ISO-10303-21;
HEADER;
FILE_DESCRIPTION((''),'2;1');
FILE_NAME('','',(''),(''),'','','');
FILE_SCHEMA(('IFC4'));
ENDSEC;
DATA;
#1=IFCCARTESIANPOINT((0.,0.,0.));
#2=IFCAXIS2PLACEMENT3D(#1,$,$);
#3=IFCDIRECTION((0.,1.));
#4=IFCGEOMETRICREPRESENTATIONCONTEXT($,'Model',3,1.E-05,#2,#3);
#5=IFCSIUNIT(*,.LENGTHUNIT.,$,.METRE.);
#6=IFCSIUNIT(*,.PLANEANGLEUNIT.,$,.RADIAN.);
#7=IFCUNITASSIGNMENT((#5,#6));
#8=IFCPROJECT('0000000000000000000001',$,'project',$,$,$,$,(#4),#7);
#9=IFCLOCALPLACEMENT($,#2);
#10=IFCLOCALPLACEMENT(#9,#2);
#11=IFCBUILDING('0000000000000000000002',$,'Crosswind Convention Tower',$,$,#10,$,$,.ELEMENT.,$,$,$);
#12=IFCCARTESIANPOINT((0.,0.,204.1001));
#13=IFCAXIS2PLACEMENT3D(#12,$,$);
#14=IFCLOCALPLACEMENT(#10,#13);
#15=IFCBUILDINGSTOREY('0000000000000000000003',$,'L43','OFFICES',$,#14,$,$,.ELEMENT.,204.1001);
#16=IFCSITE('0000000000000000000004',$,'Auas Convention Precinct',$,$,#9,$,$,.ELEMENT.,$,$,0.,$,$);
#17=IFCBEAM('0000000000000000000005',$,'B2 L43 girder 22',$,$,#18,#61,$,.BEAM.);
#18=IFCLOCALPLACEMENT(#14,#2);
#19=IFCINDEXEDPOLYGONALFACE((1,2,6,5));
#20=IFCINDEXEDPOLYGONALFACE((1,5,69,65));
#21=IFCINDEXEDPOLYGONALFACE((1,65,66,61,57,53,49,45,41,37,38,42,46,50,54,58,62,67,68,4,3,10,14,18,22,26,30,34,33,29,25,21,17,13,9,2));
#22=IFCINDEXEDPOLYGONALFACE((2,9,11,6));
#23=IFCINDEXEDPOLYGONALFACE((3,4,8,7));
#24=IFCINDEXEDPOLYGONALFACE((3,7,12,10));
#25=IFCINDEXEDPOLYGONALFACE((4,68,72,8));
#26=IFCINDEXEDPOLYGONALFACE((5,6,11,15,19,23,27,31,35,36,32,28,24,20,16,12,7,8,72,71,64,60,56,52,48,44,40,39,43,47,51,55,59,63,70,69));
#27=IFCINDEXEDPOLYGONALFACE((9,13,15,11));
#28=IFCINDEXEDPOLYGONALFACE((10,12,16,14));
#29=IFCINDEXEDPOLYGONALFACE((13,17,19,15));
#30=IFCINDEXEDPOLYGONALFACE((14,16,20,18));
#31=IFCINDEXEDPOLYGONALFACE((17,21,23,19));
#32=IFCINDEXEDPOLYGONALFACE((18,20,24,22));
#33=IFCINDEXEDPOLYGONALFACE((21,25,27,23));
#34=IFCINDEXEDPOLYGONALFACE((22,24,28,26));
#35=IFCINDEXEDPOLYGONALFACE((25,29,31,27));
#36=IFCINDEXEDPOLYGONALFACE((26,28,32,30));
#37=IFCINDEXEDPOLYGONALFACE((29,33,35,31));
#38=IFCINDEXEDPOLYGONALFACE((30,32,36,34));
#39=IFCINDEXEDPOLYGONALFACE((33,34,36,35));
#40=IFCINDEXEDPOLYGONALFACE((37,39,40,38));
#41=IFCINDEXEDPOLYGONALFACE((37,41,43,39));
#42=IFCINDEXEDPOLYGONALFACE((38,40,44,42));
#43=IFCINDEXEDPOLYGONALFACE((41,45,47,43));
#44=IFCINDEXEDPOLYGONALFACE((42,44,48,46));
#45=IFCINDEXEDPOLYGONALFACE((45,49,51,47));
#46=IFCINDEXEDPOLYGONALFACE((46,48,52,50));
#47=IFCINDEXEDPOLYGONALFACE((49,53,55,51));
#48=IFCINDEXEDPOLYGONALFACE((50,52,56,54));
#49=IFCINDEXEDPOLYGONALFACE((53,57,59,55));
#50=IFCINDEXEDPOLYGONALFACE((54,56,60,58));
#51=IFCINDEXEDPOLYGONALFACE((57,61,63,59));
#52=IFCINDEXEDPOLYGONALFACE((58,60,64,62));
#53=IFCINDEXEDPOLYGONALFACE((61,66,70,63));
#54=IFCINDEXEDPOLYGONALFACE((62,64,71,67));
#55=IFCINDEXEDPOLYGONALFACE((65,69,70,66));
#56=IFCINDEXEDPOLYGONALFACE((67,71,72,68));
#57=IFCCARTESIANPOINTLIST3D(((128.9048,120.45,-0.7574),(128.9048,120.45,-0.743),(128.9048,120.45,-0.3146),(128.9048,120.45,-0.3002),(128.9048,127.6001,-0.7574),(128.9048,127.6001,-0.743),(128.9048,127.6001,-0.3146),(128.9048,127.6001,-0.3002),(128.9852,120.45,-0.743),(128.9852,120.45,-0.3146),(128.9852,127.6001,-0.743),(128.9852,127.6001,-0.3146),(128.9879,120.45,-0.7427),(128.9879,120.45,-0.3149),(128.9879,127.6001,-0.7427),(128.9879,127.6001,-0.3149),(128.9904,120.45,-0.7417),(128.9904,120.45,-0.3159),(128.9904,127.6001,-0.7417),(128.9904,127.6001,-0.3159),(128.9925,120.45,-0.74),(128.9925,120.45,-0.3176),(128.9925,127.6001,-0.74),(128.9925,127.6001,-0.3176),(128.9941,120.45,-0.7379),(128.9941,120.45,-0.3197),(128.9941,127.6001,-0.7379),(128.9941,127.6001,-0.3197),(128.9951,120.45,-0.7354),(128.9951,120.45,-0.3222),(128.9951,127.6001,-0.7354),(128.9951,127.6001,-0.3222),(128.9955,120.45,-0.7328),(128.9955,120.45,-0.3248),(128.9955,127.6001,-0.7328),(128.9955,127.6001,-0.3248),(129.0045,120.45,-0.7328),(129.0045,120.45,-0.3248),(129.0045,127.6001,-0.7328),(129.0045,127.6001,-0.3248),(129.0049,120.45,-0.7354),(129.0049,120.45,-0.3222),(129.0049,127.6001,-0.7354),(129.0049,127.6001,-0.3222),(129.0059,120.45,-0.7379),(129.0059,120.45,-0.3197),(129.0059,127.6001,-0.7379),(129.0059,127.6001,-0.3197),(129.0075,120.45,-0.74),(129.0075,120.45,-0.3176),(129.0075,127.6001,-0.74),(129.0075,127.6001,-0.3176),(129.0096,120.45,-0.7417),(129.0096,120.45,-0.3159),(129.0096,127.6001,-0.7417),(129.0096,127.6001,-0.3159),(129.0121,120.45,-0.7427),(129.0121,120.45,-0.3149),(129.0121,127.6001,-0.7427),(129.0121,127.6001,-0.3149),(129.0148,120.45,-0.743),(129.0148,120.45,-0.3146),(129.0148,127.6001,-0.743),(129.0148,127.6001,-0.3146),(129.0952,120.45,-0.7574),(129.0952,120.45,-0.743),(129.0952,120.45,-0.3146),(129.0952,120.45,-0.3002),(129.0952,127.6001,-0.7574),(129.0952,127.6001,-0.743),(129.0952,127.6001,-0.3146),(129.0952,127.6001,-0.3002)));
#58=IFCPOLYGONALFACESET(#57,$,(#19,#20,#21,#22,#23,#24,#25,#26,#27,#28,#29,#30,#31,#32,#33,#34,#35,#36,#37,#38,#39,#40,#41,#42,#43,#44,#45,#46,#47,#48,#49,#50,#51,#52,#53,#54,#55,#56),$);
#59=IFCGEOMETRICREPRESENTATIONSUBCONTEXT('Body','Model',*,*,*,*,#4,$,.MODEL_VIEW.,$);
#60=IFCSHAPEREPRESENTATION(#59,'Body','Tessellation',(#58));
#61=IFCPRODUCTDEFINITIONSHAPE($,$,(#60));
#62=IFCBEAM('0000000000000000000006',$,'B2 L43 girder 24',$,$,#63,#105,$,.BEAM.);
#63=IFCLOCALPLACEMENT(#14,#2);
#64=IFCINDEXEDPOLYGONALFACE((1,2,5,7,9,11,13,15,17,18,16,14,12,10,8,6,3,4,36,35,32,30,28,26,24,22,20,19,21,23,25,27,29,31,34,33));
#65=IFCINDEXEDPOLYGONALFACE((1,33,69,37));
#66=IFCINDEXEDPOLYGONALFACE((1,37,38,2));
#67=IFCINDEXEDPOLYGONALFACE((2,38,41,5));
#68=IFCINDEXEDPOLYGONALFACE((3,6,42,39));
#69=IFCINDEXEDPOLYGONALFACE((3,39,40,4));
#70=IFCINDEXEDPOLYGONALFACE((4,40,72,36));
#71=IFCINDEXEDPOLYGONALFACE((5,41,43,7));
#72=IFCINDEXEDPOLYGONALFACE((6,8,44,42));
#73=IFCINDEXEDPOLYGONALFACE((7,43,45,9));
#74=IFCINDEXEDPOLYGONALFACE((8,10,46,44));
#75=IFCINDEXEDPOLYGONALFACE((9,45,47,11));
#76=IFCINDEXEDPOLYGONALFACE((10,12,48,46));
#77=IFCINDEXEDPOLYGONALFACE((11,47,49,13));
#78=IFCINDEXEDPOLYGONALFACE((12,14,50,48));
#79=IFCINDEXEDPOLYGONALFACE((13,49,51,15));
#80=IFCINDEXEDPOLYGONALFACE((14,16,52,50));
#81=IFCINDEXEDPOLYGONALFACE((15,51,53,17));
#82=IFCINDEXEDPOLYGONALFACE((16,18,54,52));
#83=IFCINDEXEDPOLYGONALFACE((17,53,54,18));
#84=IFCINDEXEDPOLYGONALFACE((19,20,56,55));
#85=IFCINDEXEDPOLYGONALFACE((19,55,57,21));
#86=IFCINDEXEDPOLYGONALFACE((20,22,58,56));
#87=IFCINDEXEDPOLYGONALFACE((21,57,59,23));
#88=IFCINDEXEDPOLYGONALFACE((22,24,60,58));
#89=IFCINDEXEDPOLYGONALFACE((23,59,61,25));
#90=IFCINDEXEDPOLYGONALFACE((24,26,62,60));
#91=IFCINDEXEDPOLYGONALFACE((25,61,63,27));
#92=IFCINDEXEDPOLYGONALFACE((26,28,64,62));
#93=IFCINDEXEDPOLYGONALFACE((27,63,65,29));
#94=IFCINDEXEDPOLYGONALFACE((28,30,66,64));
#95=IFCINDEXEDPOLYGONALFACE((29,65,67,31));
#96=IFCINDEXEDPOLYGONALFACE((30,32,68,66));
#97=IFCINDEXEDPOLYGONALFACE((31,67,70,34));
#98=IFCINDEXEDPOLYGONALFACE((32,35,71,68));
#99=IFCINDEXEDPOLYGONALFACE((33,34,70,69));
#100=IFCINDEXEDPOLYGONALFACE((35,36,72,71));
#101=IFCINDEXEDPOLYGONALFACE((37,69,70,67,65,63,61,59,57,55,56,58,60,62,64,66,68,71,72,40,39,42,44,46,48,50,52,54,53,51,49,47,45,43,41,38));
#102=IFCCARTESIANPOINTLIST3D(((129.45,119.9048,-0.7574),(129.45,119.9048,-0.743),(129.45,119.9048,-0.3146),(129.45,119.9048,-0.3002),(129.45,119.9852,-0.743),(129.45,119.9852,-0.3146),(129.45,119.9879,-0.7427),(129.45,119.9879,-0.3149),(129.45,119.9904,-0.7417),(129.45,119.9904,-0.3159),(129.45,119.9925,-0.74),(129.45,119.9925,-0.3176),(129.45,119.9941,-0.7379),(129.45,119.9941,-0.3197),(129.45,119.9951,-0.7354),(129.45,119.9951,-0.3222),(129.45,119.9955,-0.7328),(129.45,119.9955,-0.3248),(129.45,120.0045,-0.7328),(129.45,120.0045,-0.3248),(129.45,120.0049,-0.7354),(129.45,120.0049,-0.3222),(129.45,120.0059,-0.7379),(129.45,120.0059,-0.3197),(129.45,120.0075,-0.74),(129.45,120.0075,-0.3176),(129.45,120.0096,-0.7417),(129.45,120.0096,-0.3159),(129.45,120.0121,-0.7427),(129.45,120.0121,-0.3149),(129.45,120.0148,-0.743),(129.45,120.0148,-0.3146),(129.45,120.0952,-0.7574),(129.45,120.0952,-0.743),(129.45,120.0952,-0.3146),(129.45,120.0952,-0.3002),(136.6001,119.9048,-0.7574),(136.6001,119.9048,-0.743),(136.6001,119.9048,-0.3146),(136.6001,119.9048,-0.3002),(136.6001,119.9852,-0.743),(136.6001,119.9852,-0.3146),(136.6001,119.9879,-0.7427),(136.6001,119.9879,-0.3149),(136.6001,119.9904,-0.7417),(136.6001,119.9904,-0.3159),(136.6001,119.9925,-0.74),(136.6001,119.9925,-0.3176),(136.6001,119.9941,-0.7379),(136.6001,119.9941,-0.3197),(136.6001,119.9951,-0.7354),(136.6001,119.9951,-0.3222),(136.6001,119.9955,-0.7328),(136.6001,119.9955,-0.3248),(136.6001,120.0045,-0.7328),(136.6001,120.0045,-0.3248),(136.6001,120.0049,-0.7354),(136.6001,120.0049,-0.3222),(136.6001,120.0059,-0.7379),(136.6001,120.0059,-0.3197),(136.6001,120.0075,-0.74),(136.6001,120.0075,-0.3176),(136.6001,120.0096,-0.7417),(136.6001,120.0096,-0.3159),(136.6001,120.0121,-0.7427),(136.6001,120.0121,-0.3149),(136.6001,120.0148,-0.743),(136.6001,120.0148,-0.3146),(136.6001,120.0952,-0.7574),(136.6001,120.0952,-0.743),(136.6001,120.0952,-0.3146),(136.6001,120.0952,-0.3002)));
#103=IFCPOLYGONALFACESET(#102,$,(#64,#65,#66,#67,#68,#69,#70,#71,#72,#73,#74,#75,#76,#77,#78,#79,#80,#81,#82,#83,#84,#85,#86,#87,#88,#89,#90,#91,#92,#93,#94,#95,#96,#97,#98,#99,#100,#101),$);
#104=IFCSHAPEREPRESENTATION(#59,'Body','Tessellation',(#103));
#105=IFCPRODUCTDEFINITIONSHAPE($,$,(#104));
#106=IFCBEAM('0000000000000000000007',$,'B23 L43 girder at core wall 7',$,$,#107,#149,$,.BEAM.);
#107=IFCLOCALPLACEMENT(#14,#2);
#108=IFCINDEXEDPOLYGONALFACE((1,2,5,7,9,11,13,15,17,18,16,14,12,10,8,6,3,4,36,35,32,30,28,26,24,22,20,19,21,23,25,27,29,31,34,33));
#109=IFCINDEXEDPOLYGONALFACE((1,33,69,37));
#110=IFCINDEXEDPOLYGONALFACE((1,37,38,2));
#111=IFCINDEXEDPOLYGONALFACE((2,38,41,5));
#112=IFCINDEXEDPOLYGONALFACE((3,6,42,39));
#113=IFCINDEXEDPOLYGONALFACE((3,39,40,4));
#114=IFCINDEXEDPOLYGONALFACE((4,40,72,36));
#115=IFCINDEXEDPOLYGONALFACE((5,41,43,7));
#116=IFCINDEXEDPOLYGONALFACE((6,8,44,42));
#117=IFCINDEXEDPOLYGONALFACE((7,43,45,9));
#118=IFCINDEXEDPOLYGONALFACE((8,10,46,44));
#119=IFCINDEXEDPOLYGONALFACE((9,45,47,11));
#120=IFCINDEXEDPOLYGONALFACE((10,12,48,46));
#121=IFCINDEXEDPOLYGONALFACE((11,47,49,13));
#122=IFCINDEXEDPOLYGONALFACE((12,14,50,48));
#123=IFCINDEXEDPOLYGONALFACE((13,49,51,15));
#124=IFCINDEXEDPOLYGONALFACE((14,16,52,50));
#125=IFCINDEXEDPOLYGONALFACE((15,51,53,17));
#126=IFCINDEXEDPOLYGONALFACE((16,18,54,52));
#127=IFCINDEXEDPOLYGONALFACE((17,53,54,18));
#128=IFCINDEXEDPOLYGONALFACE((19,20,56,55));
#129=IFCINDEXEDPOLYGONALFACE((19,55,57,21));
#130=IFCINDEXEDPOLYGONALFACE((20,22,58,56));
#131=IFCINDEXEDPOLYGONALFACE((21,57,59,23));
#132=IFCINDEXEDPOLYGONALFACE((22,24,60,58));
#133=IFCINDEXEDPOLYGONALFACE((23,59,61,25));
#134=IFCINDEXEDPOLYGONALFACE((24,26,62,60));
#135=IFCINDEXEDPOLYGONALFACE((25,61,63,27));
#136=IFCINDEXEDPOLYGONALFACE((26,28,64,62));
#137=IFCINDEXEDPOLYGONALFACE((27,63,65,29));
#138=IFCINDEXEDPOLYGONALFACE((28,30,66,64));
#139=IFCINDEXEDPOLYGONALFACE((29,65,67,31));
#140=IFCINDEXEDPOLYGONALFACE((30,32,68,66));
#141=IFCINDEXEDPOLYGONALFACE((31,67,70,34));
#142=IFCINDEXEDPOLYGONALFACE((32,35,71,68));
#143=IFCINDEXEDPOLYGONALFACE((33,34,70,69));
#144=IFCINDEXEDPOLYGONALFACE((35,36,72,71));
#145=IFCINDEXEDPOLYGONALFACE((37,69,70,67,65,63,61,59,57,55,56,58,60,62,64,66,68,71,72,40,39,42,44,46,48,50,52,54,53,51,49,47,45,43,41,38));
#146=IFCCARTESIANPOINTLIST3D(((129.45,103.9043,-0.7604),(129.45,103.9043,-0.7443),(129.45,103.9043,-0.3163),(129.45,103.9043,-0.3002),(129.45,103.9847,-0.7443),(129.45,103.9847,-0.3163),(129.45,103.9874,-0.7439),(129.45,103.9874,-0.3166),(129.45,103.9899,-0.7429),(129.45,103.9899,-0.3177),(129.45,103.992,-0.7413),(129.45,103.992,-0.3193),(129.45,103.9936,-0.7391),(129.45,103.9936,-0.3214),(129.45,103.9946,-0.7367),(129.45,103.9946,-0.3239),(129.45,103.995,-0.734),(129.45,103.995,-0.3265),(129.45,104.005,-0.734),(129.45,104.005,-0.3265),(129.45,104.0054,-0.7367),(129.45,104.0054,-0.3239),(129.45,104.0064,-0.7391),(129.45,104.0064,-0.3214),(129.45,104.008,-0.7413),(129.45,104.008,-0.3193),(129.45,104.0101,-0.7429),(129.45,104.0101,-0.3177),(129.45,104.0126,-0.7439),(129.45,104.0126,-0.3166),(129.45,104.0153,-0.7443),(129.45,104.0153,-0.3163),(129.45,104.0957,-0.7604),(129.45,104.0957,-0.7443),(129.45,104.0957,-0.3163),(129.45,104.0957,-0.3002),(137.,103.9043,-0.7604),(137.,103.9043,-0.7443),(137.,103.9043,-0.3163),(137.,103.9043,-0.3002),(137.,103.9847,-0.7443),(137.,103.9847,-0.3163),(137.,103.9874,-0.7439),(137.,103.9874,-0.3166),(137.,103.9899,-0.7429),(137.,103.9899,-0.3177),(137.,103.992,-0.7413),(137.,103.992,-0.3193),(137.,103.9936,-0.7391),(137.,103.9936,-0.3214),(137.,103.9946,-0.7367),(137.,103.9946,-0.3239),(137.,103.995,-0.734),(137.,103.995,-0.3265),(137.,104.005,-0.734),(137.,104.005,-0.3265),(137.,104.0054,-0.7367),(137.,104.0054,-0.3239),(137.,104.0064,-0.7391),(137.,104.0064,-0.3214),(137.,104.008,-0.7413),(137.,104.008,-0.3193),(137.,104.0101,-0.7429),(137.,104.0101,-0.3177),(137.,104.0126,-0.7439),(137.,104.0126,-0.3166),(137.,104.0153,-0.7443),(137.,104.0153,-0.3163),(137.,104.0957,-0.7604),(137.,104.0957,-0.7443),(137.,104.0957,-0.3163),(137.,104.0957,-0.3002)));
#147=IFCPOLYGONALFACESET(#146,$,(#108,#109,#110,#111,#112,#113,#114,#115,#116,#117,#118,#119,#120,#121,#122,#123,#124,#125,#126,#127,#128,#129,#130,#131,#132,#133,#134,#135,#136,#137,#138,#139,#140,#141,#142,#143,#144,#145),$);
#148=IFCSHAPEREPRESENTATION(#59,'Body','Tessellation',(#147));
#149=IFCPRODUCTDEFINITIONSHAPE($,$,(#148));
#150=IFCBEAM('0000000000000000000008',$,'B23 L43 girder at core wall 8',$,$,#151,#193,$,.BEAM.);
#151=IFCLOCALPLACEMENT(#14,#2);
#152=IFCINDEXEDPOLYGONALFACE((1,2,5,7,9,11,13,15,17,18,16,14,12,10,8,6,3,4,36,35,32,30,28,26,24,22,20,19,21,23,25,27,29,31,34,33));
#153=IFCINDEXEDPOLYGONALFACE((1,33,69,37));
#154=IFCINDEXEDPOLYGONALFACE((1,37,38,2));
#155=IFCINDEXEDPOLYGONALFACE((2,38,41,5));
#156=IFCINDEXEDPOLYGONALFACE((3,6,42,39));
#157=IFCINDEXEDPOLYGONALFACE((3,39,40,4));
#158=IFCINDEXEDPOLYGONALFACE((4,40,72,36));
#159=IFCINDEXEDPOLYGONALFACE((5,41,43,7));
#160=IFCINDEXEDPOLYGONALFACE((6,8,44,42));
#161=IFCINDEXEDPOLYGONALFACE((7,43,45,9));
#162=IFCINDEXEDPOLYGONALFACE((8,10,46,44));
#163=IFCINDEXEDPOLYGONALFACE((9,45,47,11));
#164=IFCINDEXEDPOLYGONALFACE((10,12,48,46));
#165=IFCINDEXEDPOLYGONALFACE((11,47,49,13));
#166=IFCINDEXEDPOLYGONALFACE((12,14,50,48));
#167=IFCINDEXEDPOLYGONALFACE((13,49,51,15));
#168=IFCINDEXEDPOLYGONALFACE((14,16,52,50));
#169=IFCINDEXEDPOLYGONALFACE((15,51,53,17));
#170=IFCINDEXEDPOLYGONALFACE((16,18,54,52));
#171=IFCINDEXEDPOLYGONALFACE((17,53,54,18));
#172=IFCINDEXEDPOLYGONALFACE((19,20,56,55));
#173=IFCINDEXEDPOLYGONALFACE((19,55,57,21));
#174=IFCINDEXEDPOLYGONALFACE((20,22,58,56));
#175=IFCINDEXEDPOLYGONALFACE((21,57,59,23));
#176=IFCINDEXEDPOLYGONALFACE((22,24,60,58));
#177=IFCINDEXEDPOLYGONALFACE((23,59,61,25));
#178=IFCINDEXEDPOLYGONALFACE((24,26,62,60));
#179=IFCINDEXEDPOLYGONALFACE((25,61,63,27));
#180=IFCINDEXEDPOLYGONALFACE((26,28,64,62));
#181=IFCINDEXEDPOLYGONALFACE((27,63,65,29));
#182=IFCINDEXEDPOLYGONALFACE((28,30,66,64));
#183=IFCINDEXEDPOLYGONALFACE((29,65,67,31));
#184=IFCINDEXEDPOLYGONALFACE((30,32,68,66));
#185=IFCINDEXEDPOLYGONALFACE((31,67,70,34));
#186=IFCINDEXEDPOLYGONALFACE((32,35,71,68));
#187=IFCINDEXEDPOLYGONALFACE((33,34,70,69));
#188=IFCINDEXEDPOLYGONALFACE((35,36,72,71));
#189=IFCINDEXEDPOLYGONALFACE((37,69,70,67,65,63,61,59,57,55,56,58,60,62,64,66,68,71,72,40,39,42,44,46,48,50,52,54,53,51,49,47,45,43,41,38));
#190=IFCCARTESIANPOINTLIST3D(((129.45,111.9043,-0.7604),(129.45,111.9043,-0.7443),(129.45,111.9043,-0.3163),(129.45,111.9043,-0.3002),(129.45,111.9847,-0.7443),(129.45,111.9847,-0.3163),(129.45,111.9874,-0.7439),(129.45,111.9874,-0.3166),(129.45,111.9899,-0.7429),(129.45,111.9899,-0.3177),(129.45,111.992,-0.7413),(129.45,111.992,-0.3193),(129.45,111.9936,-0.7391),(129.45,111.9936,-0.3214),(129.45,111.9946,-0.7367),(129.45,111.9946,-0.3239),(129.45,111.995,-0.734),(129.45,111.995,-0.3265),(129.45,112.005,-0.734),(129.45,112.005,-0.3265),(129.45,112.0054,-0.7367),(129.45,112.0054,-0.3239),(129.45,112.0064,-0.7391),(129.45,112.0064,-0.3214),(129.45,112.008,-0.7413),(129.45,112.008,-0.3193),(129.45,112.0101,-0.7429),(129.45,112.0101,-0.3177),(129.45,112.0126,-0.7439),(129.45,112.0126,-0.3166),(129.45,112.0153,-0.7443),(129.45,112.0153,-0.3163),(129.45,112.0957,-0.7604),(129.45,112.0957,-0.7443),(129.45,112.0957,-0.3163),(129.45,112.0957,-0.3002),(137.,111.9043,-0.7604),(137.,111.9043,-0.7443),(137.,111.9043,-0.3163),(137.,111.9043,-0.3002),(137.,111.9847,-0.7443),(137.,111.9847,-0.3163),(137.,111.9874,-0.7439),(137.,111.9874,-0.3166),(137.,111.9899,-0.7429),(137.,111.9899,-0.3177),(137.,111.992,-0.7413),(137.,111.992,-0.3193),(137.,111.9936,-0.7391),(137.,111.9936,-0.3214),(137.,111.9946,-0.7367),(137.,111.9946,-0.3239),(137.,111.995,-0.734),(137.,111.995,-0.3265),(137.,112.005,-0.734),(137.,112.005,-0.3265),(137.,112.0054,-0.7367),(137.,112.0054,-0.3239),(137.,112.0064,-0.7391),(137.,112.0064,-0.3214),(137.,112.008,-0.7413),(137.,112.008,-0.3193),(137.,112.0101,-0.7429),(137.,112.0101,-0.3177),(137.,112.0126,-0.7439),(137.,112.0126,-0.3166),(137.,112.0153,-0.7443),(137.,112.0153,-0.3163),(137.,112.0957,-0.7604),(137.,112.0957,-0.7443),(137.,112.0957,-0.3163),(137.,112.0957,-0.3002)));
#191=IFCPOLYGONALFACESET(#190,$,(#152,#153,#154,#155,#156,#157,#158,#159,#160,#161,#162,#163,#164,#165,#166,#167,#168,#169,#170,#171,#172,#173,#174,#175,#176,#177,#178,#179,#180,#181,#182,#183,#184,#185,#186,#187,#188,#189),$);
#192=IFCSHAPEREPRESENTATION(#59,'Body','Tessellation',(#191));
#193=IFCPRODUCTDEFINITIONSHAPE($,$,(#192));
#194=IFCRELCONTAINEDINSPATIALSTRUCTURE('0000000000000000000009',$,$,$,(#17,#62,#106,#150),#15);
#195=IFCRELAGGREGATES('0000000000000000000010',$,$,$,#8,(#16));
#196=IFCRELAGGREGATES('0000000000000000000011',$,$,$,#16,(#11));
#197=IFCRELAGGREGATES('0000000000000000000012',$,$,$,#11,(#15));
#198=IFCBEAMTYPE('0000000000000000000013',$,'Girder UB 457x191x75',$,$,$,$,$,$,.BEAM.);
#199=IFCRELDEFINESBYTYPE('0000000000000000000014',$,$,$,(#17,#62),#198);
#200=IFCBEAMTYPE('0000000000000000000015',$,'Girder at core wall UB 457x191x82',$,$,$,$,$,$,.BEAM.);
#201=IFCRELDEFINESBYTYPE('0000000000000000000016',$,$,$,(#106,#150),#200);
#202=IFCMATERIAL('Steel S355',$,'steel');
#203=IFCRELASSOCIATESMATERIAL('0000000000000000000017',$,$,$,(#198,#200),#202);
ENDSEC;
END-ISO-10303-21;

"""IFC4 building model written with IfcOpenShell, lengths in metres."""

from ifc_helpers import new_model, si_unit, direction, frame, origin, origin_2d, place, context, subcontext, project, spatial, i_section, extrude, material, material_profile, profile_set, type_object, element, save


model = new_model("IFC4")

# Units and contexts
model_context = context("Model", 3, precision=1e-05, world=origin(), true_north=direction((0.0, 1.0)))
body_context = subcontext(model_context, "Body", "Model", "MODEL_VIEW")
ifc_project = project(units=[si_unit("LENGTHUNIT", "METRE"), si_unit("PLANEANGLEUNIT", "RADIAN")], contexts=[model_context])

# Site, building, storey
site_placement = place(None, origin())
site = spatial("IfcSite", under=ifc_project, at=site_placement, Name="Auas Convention Precinct", CompositionType="ELEMENT", RefElevation=0.0)
building_placement = place(site_placement, origin())
building = spatial("IfcBuilding", under=site, at=building_placement, Name="Crosswind Convention Tower", CompositionType="ELEMENT")
storey_placement = place(building_placement, frame((0.0, 0.0, 204.1001)))
storey = spatial("IfcBuildingStorey", under=building, at=storey_placement, Name="L43", Description="OFFICES", CompositionType="ELEMENT", Elevation=204.1001)

# Beams
ifc_material_1 = material(Name="Steel S355", Category="steel")
ifc_material_profile_1 = material_profile(ifc_material_1, i_section(OverallWidth=0.1904, OverallDepth=0.4573, WebThickness=0.009, FlangeThickness=0.0144, FilletRadius=0.0103, at=origin_2d()), Name="UB 457x191x75")
ifc_profile_set_1 = profile_set([ifc_material_profile_1], Name="Steel S355")
beam_type_1 = type_object("IfcBeamType", Name="Girder UB 457x191x75", PredefinedType="BEAM", material=ifc_profile_set_1)
for number, where, z_axis, x_axis, name in (
    (1, (129.0, 120.45, -0.5288), (0.0, 1.0, 0.0), (-1.0, 0.0, 0.0), "B2 L43 girder 22"),
    (2, (129.45, 120.0, -0.5288), (1.0, 0.0, 0.0), (0.0, 1.0, 0.0), "B2 L43 girder 24"),
):
    element("IfcBeam", number, at=place(storey_placement, frame(where, z_axis=z_axis, x_axis=x_axis)), inside=storey, type_object=beam_type_1, Name=name, PredefinedType="BEAM", context=body_context, shape_type="SweptSolid", body=[
        extrude(i_section(OverallWidth=0.1904, OverallDepth=0.4573, WebThickness=0.009, FlangeThickness=0.0144, FilletRadius=0.0103, at=origin_2d()), origin(), (0.0, 0.0, 1.0), 7.1501),
    ])
ifc_material_profile_2 = material_profile(ifc_material_1, i_section(OverallWidth=0.1914, OverallDepth=0.4602, WebThickness=0.01, FlangeThickness=0.0161, FilletRadius=0.0103, at=origin_2d()), Name="UB 457x191x82")
ifc_profile_set_2 = profile_set([ifc_material_profile_2], Name="Steel S355")
beam_type_2 = type_object("IfcBeamType", Name="Girder at core wall UB 457x191x82", PredefinedType="BEAM", material=ifc_profile_set_2)
for number, where, z_axis, x_axis, name in (
    (3, (129.45, 104.0, -0.5303), (1.0, 0.0, 0.0), (0.0, 1.0, 0.0), "B23 L43 girder at core wall 7"),
    (4, (129.45, 112.0, -0.5303), (1.0, 0.0, 0.0), (0.0, 1.0, 0.0), "B23 L43 girder at core wall 8"),
):
    element("IfcBeam", number, at=place(storey_placement, frame(where, z_axis=z_axis, x_axis=x_axis)), inside=storey, type_object=beam_type_2, Name=name, PredefinedType="BEAM", context=body_context, shape_type="SweptSolid", body=[
        extrude(i_section(OverallWidth=0.1914, OverallDepth=0.4602, WebThickness=0.01, FlangeThickness=0.0161, FilletRadius=0.0103, at=origin_2d()), origin(), (0.0, 0.0, 1.0), 7.55),
    ])

save(model, "model.ifc")
